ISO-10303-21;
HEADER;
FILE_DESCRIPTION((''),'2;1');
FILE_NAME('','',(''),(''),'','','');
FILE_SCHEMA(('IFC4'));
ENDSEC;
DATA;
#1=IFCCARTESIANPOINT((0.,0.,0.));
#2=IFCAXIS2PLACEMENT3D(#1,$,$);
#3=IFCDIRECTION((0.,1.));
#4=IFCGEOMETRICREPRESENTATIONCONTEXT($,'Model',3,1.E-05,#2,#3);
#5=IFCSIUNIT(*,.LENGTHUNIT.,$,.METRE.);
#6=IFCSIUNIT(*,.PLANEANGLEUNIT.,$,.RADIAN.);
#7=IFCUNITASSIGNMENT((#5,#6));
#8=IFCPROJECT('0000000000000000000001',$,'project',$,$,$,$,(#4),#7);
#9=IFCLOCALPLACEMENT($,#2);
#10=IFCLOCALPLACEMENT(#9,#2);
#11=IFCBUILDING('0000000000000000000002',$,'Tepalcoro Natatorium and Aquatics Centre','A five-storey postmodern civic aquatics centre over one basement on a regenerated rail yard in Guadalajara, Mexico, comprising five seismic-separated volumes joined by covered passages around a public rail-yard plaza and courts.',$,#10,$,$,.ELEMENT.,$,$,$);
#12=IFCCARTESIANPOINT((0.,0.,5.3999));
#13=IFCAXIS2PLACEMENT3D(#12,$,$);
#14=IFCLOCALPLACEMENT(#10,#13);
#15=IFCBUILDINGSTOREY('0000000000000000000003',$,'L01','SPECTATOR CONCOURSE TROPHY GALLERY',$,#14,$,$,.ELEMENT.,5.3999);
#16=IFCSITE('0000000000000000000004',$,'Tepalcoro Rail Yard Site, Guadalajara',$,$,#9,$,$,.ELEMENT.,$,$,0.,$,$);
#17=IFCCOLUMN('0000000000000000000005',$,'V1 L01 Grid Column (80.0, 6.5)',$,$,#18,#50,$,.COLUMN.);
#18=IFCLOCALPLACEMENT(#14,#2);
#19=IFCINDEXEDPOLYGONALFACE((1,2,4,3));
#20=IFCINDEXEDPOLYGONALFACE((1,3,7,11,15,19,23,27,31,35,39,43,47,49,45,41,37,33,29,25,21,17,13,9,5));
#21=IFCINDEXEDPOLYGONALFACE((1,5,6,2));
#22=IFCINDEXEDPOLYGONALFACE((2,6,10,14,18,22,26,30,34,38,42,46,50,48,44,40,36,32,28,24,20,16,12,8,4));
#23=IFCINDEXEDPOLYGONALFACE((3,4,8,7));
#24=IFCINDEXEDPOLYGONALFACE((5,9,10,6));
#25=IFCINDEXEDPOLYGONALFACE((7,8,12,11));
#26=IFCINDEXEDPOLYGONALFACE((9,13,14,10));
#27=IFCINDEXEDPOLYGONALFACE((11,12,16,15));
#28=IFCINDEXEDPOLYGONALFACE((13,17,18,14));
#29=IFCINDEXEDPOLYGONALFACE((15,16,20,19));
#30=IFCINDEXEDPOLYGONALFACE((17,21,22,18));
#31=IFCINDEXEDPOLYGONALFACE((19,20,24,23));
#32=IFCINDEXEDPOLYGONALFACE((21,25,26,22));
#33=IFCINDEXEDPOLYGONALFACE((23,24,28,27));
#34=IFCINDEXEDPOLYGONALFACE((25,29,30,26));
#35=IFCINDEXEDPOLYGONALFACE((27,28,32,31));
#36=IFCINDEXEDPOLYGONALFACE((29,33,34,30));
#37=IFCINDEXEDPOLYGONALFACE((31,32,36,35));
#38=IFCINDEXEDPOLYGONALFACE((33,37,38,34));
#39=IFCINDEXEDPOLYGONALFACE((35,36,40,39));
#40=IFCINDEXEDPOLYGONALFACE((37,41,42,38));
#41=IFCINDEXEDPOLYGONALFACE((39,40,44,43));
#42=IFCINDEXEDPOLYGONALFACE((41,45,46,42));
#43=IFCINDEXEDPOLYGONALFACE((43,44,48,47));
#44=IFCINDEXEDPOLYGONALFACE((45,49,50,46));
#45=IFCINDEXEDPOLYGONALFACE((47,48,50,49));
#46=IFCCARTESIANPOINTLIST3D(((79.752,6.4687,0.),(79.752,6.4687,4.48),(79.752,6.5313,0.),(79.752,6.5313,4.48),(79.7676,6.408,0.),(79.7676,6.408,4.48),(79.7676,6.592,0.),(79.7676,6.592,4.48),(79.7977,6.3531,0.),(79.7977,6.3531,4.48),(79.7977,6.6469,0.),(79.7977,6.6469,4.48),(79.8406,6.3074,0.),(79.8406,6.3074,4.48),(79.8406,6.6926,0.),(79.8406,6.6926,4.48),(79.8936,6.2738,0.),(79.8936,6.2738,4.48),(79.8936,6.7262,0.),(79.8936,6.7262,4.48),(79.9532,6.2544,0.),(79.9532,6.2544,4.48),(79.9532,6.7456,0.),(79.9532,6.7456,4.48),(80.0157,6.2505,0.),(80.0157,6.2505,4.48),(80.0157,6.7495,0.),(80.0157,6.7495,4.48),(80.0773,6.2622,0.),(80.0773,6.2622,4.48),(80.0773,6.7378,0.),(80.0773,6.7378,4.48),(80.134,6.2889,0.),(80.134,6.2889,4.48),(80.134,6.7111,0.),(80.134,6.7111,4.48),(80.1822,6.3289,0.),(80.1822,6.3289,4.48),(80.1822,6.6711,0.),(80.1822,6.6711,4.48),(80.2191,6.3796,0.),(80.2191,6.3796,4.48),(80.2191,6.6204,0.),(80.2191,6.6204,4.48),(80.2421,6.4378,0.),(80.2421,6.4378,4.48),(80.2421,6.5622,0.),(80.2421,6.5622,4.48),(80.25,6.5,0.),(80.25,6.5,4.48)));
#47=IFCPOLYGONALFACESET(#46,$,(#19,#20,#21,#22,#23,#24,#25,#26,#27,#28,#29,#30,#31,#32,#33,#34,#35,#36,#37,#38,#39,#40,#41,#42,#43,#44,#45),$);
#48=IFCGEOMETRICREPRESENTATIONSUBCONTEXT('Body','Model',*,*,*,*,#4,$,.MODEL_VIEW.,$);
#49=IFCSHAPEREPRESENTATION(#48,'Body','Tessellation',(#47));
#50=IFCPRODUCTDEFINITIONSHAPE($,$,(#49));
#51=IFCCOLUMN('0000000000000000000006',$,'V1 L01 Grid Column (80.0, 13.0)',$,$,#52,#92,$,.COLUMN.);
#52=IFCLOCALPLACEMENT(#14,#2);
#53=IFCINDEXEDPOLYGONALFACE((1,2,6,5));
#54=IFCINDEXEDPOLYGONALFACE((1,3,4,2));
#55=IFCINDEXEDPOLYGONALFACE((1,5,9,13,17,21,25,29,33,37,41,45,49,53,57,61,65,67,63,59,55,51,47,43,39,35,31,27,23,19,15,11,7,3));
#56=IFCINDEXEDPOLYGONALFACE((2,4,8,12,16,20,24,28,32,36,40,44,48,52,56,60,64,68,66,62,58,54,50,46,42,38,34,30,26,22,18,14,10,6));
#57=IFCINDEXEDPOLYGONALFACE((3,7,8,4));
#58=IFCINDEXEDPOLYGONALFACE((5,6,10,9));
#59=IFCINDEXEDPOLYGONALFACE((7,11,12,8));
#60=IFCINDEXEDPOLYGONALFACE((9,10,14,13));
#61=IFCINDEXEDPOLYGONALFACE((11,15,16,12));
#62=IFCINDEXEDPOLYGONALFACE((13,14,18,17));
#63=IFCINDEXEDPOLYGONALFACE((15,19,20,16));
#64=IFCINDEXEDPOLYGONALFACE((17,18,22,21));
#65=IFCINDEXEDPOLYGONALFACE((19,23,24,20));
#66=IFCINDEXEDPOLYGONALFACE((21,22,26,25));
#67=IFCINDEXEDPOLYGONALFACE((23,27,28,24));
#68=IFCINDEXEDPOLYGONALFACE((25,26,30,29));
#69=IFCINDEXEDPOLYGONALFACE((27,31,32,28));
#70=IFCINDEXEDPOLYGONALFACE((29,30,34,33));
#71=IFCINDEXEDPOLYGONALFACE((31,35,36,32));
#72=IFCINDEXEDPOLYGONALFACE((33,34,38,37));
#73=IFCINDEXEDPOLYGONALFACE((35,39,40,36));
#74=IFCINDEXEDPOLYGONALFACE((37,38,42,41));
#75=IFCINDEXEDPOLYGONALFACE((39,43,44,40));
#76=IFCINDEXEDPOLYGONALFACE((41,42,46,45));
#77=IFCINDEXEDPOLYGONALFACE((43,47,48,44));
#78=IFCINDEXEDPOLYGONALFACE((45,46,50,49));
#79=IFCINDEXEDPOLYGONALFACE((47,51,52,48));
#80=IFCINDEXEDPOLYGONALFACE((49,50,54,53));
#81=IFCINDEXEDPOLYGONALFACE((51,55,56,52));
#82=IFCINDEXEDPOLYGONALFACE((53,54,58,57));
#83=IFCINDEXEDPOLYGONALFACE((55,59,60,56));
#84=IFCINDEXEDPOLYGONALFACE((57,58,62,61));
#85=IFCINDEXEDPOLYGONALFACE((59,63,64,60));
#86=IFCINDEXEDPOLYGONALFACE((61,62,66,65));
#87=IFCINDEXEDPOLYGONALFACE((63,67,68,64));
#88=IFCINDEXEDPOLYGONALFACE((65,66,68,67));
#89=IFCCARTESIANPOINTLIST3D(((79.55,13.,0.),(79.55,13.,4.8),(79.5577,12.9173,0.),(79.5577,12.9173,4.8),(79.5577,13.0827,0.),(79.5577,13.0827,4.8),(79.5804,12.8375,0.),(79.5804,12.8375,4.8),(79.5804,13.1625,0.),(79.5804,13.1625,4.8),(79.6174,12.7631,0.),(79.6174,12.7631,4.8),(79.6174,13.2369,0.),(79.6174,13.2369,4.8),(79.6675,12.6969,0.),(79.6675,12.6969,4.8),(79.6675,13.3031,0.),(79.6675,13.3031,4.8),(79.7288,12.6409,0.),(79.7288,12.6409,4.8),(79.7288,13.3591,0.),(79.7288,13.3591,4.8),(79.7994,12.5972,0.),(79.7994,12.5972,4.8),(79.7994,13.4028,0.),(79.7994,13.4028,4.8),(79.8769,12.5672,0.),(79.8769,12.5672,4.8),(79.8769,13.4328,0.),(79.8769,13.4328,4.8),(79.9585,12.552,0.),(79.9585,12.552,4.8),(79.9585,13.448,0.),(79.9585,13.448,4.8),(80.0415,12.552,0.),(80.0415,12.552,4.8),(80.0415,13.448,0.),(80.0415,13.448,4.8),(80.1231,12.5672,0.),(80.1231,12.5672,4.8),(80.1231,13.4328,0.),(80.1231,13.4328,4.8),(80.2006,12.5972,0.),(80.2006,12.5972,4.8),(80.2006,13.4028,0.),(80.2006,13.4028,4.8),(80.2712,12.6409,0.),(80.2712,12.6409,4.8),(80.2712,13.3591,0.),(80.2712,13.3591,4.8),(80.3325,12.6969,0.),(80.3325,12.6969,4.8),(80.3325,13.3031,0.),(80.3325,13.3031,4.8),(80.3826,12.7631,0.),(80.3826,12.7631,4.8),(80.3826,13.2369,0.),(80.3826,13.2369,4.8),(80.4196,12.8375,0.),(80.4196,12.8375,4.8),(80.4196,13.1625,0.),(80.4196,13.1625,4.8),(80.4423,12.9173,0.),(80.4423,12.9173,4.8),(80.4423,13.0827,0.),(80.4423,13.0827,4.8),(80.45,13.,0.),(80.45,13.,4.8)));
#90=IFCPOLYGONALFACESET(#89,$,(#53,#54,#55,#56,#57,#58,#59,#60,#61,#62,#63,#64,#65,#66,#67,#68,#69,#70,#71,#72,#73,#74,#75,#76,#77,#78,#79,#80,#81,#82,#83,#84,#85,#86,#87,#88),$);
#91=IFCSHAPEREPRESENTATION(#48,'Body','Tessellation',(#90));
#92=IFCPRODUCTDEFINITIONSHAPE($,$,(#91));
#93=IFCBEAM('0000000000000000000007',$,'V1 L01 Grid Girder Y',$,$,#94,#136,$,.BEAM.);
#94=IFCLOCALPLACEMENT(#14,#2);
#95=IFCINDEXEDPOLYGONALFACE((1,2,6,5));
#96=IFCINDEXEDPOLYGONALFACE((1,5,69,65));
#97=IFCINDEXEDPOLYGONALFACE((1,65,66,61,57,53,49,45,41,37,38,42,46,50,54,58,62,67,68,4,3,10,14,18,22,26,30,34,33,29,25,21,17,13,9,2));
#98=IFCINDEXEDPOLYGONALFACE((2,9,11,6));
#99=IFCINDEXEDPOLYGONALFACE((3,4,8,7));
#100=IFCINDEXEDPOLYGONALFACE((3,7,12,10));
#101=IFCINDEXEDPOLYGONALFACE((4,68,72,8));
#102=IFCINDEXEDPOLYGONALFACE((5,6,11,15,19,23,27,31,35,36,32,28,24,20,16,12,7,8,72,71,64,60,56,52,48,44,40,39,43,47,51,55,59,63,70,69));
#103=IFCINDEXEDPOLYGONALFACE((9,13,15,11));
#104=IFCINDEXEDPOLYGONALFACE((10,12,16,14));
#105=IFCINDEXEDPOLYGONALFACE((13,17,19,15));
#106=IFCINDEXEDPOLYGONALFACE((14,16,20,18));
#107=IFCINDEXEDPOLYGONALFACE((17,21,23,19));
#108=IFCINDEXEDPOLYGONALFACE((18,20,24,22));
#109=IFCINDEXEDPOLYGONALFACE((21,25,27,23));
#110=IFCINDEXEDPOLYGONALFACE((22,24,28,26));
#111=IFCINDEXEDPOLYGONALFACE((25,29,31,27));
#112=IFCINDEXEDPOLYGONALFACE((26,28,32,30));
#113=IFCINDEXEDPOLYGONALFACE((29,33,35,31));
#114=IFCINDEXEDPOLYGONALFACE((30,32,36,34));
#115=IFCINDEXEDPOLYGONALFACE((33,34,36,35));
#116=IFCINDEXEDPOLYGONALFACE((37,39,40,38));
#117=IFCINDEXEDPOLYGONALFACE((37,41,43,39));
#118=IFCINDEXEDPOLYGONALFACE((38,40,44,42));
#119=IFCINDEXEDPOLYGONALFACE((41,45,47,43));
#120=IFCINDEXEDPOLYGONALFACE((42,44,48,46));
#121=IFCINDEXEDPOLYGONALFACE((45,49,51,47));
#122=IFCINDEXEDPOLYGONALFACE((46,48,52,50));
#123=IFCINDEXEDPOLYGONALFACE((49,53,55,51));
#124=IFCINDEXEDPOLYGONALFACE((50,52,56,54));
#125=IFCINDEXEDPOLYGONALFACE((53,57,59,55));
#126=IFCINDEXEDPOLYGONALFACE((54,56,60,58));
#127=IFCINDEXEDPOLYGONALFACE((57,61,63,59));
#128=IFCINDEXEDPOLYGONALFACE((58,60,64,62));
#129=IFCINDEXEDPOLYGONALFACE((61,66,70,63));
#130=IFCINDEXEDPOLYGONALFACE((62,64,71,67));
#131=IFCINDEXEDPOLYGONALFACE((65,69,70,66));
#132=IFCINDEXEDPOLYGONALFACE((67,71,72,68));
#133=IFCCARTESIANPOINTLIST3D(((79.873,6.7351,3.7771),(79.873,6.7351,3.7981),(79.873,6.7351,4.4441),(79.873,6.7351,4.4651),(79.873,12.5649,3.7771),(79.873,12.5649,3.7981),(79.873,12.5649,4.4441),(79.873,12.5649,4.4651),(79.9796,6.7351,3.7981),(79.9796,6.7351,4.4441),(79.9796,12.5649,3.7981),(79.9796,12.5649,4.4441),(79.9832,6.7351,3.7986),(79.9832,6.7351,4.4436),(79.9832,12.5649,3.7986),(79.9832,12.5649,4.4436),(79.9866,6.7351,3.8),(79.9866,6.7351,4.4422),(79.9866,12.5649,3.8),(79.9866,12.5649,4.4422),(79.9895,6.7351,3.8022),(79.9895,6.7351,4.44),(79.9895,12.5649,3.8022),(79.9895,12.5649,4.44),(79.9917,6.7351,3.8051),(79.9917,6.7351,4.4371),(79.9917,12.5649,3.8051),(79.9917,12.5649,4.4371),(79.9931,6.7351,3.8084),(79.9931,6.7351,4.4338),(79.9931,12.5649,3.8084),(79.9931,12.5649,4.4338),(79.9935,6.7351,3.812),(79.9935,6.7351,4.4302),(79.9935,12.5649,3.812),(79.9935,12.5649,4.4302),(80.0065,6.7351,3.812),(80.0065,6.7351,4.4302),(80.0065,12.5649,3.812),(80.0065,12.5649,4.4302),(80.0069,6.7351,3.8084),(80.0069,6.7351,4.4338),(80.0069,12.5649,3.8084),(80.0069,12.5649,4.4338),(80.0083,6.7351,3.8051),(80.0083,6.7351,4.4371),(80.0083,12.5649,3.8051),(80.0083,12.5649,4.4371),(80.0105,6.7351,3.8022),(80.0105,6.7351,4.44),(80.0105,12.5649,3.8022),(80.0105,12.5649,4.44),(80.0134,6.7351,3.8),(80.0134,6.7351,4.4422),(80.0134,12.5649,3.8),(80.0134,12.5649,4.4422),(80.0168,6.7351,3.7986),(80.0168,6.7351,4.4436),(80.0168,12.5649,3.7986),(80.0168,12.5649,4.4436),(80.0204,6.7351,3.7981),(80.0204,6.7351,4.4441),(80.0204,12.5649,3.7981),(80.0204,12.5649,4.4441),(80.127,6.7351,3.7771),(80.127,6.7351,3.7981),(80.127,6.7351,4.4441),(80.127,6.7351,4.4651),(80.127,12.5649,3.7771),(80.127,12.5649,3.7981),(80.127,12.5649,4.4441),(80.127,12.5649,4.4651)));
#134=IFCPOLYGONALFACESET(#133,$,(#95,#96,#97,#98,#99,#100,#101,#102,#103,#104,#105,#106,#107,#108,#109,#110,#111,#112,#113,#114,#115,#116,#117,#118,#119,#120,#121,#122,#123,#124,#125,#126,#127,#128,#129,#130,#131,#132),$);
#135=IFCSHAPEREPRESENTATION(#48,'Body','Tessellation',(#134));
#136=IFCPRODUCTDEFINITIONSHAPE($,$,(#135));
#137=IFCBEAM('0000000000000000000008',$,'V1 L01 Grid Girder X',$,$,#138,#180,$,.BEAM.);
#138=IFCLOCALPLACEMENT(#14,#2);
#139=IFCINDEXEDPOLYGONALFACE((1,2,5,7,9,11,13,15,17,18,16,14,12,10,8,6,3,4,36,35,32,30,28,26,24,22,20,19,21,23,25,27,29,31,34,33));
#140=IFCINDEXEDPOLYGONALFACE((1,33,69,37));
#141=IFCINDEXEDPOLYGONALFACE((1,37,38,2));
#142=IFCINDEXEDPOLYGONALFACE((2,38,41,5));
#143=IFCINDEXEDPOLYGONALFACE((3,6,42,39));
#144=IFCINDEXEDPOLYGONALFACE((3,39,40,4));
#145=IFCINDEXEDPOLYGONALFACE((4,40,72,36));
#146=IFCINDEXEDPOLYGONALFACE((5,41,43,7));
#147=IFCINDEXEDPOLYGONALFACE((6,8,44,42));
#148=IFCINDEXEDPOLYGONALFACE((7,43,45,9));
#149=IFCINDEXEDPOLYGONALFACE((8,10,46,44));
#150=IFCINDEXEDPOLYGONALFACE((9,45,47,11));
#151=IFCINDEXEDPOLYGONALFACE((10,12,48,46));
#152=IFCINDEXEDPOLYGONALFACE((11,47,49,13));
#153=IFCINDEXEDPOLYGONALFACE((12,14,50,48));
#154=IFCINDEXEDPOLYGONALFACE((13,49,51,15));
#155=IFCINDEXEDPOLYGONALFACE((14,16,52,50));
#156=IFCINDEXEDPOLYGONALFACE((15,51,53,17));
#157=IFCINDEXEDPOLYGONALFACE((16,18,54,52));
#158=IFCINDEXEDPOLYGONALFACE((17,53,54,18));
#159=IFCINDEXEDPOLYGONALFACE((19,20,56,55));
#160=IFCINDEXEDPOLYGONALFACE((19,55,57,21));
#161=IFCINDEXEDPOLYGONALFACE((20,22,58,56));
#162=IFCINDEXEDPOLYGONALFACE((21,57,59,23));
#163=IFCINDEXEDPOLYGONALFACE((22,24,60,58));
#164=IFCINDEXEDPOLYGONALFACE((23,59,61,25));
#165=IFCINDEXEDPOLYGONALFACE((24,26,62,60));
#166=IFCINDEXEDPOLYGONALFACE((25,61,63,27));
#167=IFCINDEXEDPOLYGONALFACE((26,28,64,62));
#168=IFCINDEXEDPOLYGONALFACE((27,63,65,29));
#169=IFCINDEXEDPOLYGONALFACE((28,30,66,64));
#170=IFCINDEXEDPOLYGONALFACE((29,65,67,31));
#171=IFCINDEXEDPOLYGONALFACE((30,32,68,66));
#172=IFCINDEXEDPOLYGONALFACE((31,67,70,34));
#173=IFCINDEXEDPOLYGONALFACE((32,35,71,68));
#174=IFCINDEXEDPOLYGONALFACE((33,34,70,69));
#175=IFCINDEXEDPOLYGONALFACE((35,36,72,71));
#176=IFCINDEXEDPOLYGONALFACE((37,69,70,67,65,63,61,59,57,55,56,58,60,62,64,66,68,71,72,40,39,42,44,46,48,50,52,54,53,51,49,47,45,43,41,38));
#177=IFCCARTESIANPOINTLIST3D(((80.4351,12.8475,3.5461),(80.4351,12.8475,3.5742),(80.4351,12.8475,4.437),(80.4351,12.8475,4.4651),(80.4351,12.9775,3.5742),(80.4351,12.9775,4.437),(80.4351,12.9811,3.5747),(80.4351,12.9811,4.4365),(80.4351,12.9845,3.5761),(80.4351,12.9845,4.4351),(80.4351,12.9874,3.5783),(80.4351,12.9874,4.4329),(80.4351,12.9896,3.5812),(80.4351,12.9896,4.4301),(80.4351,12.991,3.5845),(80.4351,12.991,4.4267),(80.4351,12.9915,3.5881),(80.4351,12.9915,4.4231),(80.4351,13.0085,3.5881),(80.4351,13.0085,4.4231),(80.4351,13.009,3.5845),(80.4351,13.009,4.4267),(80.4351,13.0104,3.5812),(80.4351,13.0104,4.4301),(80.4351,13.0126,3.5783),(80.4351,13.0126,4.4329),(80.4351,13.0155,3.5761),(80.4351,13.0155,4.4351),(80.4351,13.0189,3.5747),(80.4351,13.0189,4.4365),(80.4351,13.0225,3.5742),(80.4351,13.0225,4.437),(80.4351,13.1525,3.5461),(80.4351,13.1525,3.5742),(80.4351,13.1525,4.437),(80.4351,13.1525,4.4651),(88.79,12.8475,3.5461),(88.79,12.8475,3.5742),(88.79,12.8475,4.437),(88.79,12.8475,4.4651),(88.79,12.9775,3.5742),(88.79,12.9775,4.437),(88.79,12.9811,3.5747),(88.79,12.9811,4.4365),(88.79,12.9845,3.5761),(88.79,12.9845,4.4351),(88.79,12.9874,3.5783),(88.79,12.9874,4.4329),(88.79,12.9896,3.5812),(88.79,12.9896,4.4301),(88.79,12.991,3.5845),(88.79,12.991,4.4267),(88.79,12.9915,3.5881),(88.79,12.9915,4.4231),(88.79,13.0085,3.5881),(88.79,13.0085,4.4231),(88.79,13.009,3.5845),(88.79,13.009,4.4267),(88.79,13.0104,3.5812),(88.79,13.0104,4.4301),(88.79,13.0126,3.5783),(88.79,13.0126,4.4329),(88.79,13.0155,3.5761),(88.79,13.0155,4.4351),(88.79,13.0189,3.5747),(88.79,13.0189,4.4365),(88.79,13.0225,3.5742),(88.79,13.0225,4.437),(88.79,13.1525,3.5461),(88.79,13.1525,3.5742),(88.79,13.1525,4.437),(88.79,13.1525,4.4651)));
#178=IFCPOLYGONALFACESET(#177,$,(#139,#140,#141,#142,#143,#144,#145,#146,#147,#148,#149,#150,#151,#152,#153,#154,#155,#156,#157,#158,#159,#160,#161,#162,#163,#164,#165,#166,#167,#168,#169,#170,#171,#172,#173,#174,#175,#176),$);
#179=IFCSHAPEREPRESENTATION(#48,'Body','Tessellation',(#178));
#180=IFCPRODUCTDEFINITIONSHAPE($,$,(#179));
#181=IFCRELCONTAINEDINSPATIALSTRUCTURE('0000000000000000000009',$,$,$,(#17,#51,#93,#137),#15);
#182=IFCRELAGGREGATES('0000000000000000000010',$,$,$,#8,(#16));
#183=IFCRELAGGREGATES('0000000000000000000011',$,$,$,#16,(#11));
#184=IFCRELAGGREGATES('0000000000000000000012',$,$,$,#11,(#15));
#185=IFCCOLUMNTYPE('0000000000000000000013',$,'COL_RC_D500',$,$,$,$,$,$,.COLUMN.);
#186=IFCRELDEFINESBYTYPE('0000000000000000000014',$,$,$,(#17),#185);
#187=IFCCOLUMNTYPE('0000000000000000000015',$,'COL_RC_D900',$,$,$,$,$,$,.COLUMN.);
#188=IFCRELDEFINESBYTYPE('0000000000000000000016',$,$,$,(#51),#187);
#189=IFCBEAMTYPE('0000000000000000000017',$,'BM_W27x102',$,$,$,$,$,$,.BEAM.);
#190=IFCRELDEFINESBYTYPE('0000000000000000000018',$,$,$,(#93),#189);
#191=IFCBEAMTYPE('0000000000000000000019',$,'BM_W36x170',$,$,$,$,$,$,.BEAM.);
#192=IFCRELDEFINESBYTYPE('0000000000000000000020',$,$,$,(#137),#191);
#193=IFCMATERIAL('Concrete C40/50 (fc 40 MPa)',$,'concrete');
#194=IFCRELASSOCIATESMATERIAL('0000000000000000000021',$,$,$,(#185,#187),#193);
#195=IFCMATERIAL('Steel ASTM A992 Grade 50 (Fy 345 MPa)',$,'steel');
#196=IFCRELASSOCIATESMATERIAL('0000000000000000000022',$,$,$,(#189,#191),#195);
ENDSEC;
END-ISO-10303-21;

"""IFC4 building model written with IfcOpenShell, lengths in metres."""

from ifc_helpers import new_model, si_unit, direction, frame, origin, origin_2d, place, context, subcontext, project, spatial, circle, i_section, extrude, material, material_profile, profile_set, type_object, element, save


model = new_model("IFC4")

# Units and contexts
model_context = context("Model", 3, precision=1e-05, world=origin(), true_north=direction((0.0, 1.0)))
body_context = subcontext(model_context, "Body", "Model", "MODEL_VIEW")
ifc_project = project(units=[si_unit("LENGTHUNIT", "METRE"), si_unit("PLANEANGLEUNIT", "RADIAN")], contexts=[model_context])

# Site, building, storey
site_placement = place(None, origin())
site = spatial("IfcSite", under=ifc_project, at=site_placement, Name="Tepalcoro Rail Yard Site, Guadalajara", CompositionType="ELEMENT", RefElevation=0.0)
building_placement = place(site_placement, origin())
building = spatial("IfcBuilding", under=site, at=building_placement, Name="Tepalcoro Natatorium and Aquatics Centre", Description="A five-storey postmodern civic aquatics centre over one basement on a regenerated rail yard in Guadalajara, Mexico, comprising five seismic-separated volumes joined by covered passages around a public rail-yard plaza and courts.", CompositionType="ELEMENT")
storey_placement = place(building_placement, frame((0.0, 0.0, 5.3999)))
storey = spatial("IfcBuildingStorey", under=building, at=storey_placement, Name="L01", Description="SPECTATOR CONCOURSE TROPHY GALLERY", CompositionType="ELEMENT", Elevation=5.3999)

# Columns
ifc_material_1 = material(Name="Concrete C40/50 (fc 40 MPa)", Category="concrete")
ifc_material_profile_1 = material_profile(ifc_material_1, circle(Radius=0.25, at=origin_2d()), Name="RCD500")
ifc_profile_set_1 = profile_set([ifc_material_profile_1], Name="Concrete C40/50 (fc 40 MPa)")
column_type_1 = type_object("IfcColumnType", Name="COL_RC_D500", PredefinedType="COLUMN", material=ifc_profile_set_1)
column_1_placement = place(storey_placement, frame((80.0, 6.5, 0.0), z_axis=(0.0, 0.0, 1.0), x_axis=(1.0, 0.0, 0.0)))
element("IfcColumn", 1, at=column_1_placement, inside=storey, type_object=column_type_1, Name="V1 L01 Grid Column (80.0, 6.5)", PredefinedType="COLUMN", context=body_context, shape_type="SweptSolid", body=[
    extrude(circle(Radius=0.25, at=origin_2d()), origin(), (0.0, 0.0, 1.0), 4.48),
])
ifc_material_profile_2 = material_profile(ifc_material_1, circle(Radius=0.45, at=origin_2d()), Name="RCD900")
ifc_profile_set_2 = profile_set([ifc_material_profile_2], Name="Concrete C40/50 (fc 40 MPa)")
column_type_2 = type_object("IfcColumnType", Name="COL_RC_D900", PredefinedType="COLUMN", material=ifc_profile_set_2)
column_2_placement = place(storey_placement, frame((80.0, 13.0, 0.0), z_axis=(0.0, 0.0, 1.0), x_axis=(1.0, 0.0, 0.0)))
element("IfcColumn", 2, at=column_2_placement, inside=storey, type_object=column_type_2, Name="V1 L01 Grid Column (80.0, 13.0)", PredefinedType="COLUMN", context=body_context, shape_type="SweptSolid", body=[
    extrude(circle(Radius=0.45, at=origin_2d()), origin(), (0.0, 0.0, 1.0), 4.8),
])

# Beams
ifc_material_2 = material(Name="Steel ASTM A992 Grade 50 (Fy 345 MPa)", Category="steel")
ifc_material_profile_3 = material_profile(ifc_material_2, i_section(OverallWidth=0.2539, OverallDepth=0.688, WebThickness=0.0129, FlangeThickness=0.021, FilletRadius=0.0139, at=origin_2d()), Name="W27X102")
ifc_profile_set_3 = profile_set([ifc_material_profile_3], Name="Steel ASTM A992 Grade 50 (Fy 345 MPa)")
beam_type_1 = type_object("IfcBeamType", Name="BM_W27x102", PredefinedType="BEAM", material=ifc_profile_set_3)
beam_1_placement = place(storey_placement, frame((80.0, 6.7351, 4.1211), z_axis=(0.0, 1.0, 0.0), x_axis=(-1.0, 0.0, 0.0)))
element("IfcBeam", 3, at=beam_1_placement, inside=storey, type_object=beam_type_1, Name="V1 L01 Grid Girder Y", PredefinedType="BEAM", context=body_context, shape_type="SweptSolid", body=[
    extrude(i_section(OverallWidth=0.2539, OverallDepth=0.688, WebThickness=0.0129, FlangeThickness=0.021, FilletRadius=0.0139, at=origin_2d()), origin(), (0.0, 0.0, 1.0), 5.8298),
])
ifc_material_profile_4 = material_profile(ifc_material_2, i_section(OverallWidth=0.3049, OverallDepth=0.9189, WebThickness=0.0171, FlangeThickness=0.0281, FilletRadius=0.0139, at=origin_2d()), Name="W36X170")
ifc_profile_set_4 = profile_set([ifc_material_profile_4], Name="Steel ASTM A992 Grade 50 (Fy 345 MPa)")
beam_type_2 = type_object("IfcBeamType", Name="BM_W36x170", PredefinedType="BEAM", material=ifc_profile_set_4)
beam_2_placement = place(storey_placement, frame((80.4351, 13.0, 4.0056), z_axis=(1.0, 0.0, 0.0), x_axis=(0.0, 1.0, 0.0)))
element("IfcBeam", 4, at=beam_2_placement, inside=storey, type_object=beam_type_2, Name="V1 L01 Grid Girder X", PredefinedType="BEAM", context=body_context, shape_type="SweptSolid", body=[
    extrude(i_section(OverallWidth=0.3049, OverallDepth=0.9189, WebThickness=0.0171, FlangeThickness=0.0281, FilletRadius=0.0139, at=origin_2d()), origin(), (0.0, 0.0, 1.0), 8.355),
])

save(model, "model.ifc")
